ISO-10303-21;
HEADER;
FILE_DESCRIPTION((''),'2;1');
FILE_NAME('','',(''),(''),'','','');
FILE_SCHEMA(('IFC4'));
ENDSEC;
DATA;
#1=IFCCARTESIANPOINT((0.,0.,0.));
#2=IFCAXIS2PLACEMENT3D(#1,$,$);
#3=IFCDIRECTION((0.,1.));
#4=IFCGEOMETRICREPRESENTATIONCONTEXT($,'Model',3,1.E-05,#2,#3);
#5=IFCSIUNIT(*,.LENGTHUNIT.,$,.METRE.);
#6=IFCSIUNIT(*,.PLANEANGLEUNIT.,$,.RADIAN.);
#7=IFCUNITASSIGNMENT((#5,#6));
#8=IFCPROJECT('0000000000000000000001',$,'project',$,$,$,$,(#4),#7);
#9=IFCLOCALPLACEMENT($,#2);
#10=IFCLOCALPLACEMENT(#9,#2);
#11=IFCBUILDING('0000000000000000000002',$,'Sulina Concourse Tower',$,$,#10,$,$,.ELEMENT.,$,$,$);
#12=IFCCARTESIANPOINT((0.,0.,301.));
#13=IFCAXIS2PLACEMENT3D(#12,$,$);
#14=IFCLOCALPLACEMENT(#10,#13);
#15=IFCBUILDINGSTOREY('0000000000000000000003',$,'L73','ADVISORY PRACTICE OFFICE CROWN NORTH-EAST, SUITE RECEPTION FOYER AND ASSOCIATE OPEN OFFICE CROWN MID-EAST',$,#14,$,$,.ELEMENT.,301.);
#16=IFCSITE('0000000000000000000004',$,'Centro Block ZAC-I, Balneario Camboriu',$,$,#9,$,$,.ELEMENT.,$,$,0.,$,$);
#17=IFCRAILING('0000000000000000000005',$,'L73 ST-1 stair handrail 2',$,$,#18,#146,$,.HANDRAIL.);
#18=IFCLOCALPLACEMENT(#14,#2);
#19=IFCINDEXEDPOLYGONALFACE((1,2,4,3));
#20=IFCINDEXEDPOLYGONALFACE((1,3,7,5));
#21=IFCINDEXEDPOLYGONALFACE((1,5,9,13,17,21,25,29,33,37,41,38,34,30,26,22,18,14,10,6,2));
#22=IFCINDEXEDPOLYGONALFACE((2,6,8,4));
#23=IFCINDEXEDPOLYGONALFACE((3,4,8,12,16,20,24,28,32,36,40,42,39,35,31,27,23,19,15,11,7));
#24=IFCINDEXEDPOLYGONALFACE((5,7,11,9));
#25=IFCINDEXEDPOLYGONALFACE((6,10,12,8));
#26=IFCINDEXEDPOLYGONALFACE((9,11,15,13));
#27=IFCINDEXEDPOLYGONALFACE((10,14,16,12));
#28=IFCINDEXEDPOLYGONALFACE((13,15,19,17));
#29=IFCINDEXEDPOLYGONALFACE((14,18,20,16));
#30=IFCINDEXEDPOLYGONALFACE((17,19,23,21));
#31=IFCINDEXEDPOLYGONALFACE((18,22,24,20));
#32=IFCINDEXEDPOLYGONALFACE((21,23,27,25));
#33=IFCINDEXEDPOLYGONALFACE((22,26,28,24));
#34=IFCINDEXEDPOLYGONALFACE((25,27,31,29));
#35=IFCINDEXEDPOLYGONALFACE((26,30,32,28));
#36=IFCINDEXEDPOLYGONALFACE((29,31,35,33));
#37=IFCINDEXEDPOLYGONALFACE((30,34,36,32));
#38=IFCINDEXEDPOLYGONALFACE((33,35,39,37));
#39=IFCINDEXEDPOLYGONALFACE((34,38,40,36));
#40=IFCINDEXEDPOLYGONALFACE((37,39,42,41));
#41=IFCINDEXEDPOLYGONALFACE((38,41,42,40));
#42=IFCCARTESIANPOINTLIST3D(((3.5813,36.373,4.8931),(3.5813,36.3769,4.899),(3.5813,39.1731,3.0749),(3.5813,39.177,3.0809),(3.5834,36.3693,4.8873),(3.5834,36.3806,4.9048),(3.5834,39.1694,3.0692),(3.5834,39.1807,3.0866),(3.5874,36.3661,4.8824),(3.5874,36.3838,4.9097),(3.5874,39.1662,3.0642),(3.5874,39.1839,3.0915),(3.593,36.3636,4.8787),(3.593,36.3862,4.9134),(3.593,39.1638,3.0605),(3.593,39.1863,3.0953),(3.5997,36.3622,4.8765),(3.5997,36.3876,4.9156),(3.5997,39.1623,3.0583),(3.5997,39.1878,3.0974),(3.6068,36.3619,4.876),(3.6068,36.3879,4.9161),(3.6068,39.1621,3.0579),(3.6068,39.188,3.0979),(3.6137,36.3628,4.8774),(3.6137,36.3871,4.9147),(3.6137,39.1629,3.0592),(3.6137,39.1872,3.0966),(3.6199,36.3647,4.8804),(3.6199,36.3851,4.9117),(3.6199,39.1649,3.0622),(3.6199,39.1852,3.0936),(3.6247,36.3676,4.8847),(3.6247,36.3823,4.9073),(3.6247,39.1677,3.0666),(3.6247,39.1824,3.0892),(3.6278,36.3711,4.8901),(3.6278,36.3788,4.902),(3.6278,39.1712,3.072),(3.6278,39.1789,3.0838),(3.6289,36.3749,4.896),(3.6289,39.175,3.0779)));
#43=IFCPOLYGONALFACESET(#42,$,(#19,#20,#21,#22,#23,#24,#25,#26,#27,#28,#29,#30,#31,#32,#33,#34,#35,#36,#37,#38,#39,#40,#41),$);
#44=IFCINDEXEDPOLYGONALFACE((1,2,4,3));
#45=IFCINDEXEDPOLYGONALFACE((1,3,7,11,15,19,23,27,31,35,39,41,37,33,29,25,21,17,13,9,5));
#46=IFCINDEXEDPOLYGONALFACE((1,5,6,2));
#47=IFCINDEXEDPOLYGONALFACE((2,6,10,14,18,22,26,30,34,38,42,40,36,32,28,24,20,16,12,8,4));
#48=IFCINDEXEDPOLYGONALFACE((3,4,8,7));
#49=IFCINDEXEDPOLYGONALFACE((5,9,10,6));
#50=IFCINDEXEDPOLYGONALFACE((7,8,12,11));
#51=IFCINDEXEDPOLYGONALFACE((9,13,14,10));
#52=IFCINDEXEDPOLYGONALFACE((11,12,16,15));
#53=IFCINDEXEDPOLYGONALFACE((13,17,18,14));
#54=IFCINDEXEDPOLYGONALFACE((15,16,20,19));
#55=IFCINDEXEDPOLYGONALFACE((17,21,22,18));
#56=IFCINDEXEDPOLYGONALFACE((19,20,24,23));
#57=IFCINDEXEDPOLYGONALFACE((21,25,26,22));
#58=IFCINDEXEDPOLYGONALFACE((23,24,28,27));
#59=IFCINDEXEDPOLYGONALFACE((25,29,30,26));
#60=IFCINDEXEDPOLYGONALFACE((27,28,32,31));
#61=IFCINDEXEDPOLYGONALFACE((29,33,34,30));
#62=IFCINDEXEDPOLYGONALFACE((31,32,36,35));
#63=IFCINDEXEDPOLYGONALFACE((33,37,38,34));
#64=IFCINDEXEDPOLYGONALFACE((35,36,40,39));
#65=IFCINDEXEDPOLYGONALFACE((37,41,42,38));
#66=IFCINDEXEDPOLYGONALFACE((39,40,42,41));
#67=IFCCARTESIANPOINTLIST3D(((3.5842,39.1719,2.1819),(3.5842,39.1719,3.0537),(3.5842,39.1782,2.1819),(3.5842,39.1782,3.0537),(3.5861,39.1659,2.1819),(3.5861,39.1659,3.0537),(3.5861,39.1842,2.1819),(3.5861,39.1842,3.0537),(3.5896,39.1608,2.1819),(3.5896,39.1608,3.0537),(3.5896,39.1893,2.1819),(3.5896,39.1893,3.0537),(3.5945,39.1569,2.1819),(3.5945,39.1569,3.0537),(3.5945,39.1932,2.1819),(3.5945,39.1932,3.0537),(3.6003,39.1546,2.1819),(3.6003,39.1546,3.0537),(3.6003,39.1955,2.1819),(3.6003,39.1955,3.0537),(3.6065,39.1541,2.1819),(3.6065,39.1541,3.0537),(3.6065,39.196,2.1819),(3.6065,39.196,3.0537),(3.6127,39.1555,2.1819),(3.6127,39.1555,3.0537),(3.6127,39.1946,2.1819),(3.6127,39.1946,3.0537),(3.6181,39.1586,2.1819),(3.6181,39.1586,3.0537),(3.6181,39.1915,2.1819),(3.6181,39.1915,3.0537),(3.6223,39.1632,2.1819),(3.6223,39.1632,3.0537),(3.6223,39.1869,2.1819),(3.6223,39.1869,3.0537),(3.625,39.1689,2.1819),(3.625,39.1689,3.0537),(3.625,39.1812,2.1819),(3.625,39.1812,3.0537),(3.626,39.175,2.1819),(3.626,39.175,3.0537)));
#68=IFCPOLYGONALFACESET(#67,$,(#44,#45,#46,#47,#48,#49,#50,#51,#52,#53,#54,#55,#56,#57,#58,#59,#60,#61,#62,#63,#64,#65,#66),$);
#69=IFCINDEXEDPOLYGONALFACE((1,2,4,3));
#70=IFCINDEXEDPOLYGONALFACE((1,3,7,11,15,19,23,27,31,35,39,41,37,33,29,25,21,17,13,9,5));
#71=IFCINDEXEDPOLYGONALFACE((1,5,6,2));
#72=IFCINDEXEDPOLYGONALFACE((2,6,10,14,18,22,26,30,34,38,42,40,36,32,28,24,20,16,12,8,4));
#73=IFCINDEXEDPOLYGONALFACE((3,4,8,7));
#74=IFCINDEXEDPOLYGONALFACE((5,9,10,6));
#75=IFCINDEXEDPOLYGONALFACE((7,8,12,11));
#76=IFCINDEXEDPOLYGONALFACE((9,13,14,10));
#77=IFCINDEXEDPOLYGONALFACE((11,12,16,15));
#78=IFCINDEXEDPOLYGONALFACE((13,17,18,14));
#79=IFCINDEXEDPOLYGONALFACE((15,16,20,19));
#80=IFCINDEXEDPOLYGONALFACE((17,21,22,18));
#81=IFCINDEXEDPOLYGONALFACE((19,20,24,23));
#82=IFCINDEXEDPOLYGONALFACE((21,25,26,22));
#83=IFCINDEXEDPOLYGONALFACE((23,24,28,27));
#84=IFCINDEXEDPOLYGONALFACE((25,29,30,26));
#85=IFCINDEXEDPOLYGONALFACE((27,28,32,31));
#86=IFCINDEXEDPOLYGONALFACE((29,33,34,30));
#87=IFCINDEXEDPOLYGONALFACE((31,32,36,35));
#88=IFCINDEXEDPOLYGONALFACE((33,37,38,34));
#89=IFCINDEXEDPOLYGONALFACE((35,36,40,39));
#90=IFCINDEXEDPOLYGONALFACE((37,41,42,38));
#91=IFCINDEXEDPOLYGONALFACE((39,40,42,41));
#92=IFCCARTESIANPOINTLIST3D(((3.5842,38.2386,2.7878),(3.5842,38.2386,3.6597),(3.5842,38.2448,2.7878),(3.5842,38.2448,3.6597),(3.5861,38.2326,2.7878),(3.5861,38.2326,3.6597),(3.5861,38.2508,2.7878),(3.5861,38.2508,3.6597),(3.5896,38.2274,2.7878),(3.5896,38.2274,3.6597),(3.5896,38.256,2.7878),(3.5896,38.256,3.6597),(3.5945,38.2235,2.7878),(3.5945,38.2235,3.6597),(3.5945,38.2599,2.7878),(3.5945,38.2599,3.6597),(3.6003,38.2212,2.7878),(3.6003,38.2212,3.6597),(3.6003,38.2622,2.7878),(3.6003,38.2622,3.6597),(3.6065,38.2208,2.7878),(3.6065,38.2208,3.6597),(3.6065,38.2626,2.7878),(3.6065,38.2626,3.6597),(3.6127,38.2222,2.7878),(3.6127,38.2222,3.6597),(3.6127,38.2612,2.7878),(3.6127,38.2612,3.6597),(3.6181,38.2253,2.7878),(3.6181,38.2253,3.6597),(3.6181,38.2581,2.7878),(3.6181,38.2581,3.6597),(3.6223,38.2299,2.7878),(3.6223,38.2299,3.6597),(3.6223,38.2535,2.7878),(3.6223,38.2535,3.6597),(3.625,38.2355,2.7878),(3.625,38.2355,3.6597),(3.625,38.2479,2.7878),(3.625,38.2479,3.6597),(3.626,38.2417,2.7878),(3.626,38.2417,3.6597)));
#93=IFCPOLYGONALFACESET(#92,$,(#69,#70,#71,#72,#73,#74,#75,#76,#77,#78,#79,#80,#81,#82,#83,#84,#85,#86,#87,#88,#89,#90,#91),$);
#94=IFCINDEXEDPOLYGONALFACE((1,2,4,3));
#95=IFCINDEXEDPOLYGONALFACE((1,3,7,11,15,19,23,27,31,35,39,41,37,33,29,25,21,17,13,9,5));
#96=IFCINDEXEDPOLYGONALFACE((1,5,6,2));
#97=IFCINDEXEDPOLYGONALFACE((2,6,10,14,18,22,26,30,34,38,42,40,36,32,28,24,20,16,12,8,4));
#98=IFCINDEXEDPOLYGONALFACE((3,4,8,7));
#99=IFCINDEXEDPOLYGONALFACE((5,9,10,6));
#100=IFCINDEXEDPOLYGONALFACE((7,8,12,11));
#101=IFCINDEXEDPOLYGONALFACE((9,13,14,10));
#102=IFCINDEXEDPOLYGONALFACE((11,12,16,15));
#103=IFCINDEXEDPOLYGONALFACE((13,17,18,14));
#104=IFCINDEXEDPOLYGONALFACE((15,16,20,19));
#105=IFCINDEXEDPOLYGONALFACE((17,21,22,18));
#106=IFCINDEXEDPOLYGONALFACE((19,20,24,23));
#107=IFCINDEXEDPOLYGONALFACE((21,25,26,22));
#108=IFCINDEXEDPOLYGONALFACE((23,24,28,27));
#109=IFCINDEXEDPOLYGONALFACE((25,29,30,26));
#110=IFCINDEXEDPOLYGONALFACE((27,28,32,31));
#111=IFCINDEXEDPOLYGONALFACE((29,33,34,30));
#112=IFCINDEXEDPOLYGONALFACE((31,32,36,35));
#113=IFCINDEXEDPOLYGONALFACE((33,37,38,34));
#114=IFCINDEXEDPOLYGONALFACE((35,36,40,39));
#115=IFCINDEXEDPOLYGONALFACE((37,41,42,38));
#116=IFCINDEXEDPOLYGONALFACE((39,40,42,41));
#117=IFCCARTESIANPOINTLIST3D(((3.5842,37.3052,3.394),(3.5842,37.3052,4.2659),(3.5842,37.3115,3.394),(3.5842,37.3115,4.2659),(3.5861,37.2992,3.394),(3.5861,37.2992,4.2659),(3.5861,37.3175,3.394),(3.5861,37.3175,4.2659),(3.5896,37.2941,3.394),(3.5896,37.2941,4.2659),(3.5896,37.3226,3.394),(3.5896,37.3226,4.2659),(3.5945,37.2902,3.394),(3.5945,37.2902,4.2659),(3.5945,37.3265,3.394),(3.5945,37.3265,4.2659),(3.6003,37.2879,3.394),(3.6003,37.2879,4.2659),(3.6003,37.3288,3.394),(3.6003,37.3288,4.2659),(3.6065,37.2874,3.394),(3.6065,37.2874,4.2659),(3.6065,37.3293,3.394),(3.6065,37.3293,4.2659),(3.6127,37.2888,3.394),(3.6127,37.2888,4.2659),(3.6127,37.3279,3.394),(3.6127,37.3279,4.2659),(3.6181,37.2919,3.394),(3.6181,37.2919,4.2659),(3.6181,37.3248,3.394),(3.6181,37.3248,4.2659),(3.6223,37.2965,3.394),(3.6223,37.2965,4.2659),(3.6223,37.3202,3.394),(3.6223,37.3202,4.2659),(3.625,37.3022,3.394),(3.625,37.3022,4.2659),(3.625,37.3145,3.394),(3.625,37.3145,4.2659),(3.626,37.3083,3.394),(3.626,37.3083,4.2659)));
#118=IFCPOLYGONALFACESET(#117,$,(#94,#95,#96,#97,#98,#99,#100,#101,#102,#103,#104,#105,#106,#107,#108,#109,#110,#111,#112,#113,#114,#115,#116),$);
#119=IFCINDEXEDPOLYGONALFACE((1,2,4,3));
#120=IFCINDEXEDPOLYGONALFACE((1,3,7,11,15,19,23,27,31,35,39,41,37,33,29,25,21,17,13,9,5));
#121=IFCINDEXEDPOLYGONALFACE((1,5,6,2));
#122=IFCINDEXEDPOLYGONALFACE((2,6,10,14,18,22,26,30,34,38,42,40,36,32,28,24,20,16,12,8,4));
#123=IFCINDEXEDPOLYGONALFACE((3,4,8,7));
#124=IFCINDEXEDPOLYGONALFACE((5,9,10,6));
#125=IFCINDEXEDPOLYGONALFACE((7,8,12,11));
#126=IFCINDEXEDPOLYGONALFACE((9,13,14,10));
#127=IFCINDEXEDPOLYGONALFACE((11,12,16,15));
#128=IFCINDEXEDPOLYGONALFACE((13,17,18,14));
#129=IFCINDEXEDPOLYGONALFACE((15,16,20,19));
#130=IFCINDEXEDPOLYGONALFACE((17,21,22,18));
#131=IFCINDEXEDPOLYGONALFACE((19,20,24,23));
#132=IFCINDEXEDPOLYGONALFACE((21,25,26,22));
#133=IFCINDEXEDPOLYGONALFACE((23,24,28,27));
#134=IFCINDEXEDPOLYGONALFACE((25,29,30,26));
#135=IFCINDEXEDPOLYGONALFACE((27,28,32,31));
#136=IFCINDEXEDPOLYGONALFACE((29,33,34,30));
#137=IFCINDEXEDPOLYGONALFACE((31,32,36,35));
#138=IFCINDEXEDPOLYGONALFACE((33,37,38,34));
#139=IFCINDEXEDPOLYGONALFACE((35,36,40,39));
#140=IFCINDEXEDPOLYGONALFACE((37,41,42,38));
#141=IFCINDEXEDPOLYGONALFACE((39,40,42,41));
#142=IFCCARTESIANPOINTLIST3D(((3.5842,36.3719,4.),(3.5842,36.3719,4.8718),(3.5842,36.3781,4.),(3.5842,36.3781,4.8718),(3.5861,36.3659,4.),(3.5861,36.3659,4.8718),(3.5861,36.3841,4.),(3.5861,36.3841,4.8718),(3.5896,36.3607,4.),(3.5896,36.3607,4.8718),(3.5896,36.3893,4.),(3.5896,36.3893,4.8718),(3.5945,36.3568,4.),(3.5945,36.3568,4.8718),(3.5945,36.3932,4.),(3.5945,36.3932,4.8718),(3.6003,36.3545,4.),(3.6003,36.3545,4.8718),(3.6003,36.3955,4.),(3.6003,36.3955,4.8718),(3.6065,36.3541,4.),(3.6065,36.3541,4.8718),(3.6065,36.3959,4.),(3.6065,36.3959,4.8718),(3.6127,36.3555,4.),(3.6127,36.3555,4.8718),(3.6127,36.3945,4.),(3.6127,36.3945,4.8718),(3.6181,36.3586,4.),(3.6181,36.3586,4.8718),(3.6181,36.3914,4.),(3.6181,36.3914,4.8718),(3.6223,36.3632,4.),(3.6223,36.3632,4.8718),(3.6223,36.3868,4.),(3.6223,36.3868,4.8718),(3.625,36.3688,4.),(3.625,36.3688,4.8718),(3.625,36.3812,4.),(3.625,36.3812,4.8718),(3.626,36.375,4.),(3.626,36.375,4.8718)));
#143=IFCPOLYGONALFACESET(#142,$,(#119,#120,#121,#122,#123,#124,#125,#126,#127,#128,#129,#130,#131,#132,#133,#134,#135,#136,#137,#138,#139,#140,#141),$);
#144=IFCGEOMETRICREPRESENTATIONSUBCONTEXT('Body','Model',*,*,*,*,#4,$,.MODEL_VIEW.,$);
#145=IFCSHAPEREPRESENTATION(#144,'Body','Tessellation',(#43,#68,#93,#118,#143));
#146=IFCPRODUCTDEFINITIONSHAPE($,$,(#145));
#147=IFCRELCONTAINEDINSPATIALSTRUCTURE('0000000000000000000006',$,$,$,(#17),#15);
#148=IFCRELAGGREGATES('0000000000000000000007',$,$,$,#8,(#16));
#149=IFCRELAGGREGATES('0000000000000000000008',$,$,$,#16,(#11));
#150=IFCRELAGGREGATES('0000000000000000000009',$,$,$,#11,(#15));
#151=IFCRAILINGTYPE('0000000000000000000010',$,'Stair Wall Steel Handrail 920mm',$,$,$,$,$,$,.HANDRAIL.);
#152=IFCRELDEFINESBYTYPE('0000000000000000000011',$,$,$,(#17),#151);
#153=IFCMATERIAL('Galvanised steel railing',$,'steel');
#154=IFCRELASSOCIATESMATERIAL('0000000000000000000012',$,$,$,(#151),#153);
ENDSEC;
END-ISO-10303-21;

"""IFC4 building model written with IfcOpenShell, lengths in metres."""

from ifc_helpers import new_model, si_unit, direction, frame, origin, origin_2d, place, context, subcontext, project, spatial, circle, extrude, material, type_object, element, save


model = new_model("IFC4")

# Units and contexts
model_context = context("Model", 3, precision=1e-05, world=origin(), true_north=direction((0.0, 1.0)))
body_context = subcontext(model_context, "Body", "Model", "MODEL_VIEW")
ifc_project = project(units=[si_unit("LENGTHUNIT", "METRE"), si_unit("PLANEANGLEUNIT", "RADIAN")], contexts=[model_context])

# Site, building, storey
site_placement = place(None, origin())
site = spatial("IfcSite", under=ifc_project, at=site_placement, Name="Centro Block ZAC-I, Balneario Camboriu", CompositionType="ELEMENT", RefElevation=0.0)
building_placement = place(site_placement, origin())
building = spatial("IfcBuilding", under=site, at=building_placement, Name="Sulina Concourse Tower", CompositionType="ELEMENT")
storey_placement = place(building_placement, frame((0.0, 0.0, 301.0)))
storey = spatial("IfcBuildingStorey", under=building, at=storey_placement, Name="L73", Description="ADVISORY PRACTICE OFFICE CROWN NORTH-EAST, SUITE RECEPTION FOYER AND ASSOCIATE OPEN OFFICE CROWN MID-EAST", CompositionType="ELEMENT", Elevation=301.0)

# Railing
ifc_material_1 = material(Name="Galvanised steel railing", Category="steel")
railing_type_1 = type_object("IfcRailingType", Name="Stair Wall Steel Handrail 920mm", PredefinedType="HANDRAIL", material=ifc_material_1)
railing_1_placement = place(storey_placement, frame((3.605, 39.175, 2.1819)))
element("IfcRailing", 1, at=railing_1_placement, inside=storey, type_object=railing_type_1, Name="L73 ST-1 stair handrail 2", PredefinedType="HANDRAIL", context=body_context, shape_type="SweptSolid", body=[
    extrude(circle(Radius=0.0239, at=origin_2d()), frame((0.0, 0.0, 0.896), z_axis=(0.0, -0.838706, 0.544585), x_axis=(1.0, 0.0, 0.0)), (0.0, 0.0, 1.0), 3.3386),
    extrude(circle(Radius=0.021, at=origin_2d()), origin(), (0.0, 0.0, 1.0), 0.8718),
    extrude(circle(Radius=0.021, at=origin_2d()), frame((0.0, -0.9333, 0.606)), (0.0, 0.0, 1.0), 0.8718),
    extrude(circle(Radius=0.021, at=origin_2d()), frame((0.0, -1.8667, 1.2122)), (0.0, 0.0, 1.0), 0.8718),
    extrude(circle(Radius=0.021, at=origin_2d()), frame((0.0, -2.8, 1.8181)), (0.0, 0.0, 1.0), 0.8718),
])

save(model, "model.ifc")
